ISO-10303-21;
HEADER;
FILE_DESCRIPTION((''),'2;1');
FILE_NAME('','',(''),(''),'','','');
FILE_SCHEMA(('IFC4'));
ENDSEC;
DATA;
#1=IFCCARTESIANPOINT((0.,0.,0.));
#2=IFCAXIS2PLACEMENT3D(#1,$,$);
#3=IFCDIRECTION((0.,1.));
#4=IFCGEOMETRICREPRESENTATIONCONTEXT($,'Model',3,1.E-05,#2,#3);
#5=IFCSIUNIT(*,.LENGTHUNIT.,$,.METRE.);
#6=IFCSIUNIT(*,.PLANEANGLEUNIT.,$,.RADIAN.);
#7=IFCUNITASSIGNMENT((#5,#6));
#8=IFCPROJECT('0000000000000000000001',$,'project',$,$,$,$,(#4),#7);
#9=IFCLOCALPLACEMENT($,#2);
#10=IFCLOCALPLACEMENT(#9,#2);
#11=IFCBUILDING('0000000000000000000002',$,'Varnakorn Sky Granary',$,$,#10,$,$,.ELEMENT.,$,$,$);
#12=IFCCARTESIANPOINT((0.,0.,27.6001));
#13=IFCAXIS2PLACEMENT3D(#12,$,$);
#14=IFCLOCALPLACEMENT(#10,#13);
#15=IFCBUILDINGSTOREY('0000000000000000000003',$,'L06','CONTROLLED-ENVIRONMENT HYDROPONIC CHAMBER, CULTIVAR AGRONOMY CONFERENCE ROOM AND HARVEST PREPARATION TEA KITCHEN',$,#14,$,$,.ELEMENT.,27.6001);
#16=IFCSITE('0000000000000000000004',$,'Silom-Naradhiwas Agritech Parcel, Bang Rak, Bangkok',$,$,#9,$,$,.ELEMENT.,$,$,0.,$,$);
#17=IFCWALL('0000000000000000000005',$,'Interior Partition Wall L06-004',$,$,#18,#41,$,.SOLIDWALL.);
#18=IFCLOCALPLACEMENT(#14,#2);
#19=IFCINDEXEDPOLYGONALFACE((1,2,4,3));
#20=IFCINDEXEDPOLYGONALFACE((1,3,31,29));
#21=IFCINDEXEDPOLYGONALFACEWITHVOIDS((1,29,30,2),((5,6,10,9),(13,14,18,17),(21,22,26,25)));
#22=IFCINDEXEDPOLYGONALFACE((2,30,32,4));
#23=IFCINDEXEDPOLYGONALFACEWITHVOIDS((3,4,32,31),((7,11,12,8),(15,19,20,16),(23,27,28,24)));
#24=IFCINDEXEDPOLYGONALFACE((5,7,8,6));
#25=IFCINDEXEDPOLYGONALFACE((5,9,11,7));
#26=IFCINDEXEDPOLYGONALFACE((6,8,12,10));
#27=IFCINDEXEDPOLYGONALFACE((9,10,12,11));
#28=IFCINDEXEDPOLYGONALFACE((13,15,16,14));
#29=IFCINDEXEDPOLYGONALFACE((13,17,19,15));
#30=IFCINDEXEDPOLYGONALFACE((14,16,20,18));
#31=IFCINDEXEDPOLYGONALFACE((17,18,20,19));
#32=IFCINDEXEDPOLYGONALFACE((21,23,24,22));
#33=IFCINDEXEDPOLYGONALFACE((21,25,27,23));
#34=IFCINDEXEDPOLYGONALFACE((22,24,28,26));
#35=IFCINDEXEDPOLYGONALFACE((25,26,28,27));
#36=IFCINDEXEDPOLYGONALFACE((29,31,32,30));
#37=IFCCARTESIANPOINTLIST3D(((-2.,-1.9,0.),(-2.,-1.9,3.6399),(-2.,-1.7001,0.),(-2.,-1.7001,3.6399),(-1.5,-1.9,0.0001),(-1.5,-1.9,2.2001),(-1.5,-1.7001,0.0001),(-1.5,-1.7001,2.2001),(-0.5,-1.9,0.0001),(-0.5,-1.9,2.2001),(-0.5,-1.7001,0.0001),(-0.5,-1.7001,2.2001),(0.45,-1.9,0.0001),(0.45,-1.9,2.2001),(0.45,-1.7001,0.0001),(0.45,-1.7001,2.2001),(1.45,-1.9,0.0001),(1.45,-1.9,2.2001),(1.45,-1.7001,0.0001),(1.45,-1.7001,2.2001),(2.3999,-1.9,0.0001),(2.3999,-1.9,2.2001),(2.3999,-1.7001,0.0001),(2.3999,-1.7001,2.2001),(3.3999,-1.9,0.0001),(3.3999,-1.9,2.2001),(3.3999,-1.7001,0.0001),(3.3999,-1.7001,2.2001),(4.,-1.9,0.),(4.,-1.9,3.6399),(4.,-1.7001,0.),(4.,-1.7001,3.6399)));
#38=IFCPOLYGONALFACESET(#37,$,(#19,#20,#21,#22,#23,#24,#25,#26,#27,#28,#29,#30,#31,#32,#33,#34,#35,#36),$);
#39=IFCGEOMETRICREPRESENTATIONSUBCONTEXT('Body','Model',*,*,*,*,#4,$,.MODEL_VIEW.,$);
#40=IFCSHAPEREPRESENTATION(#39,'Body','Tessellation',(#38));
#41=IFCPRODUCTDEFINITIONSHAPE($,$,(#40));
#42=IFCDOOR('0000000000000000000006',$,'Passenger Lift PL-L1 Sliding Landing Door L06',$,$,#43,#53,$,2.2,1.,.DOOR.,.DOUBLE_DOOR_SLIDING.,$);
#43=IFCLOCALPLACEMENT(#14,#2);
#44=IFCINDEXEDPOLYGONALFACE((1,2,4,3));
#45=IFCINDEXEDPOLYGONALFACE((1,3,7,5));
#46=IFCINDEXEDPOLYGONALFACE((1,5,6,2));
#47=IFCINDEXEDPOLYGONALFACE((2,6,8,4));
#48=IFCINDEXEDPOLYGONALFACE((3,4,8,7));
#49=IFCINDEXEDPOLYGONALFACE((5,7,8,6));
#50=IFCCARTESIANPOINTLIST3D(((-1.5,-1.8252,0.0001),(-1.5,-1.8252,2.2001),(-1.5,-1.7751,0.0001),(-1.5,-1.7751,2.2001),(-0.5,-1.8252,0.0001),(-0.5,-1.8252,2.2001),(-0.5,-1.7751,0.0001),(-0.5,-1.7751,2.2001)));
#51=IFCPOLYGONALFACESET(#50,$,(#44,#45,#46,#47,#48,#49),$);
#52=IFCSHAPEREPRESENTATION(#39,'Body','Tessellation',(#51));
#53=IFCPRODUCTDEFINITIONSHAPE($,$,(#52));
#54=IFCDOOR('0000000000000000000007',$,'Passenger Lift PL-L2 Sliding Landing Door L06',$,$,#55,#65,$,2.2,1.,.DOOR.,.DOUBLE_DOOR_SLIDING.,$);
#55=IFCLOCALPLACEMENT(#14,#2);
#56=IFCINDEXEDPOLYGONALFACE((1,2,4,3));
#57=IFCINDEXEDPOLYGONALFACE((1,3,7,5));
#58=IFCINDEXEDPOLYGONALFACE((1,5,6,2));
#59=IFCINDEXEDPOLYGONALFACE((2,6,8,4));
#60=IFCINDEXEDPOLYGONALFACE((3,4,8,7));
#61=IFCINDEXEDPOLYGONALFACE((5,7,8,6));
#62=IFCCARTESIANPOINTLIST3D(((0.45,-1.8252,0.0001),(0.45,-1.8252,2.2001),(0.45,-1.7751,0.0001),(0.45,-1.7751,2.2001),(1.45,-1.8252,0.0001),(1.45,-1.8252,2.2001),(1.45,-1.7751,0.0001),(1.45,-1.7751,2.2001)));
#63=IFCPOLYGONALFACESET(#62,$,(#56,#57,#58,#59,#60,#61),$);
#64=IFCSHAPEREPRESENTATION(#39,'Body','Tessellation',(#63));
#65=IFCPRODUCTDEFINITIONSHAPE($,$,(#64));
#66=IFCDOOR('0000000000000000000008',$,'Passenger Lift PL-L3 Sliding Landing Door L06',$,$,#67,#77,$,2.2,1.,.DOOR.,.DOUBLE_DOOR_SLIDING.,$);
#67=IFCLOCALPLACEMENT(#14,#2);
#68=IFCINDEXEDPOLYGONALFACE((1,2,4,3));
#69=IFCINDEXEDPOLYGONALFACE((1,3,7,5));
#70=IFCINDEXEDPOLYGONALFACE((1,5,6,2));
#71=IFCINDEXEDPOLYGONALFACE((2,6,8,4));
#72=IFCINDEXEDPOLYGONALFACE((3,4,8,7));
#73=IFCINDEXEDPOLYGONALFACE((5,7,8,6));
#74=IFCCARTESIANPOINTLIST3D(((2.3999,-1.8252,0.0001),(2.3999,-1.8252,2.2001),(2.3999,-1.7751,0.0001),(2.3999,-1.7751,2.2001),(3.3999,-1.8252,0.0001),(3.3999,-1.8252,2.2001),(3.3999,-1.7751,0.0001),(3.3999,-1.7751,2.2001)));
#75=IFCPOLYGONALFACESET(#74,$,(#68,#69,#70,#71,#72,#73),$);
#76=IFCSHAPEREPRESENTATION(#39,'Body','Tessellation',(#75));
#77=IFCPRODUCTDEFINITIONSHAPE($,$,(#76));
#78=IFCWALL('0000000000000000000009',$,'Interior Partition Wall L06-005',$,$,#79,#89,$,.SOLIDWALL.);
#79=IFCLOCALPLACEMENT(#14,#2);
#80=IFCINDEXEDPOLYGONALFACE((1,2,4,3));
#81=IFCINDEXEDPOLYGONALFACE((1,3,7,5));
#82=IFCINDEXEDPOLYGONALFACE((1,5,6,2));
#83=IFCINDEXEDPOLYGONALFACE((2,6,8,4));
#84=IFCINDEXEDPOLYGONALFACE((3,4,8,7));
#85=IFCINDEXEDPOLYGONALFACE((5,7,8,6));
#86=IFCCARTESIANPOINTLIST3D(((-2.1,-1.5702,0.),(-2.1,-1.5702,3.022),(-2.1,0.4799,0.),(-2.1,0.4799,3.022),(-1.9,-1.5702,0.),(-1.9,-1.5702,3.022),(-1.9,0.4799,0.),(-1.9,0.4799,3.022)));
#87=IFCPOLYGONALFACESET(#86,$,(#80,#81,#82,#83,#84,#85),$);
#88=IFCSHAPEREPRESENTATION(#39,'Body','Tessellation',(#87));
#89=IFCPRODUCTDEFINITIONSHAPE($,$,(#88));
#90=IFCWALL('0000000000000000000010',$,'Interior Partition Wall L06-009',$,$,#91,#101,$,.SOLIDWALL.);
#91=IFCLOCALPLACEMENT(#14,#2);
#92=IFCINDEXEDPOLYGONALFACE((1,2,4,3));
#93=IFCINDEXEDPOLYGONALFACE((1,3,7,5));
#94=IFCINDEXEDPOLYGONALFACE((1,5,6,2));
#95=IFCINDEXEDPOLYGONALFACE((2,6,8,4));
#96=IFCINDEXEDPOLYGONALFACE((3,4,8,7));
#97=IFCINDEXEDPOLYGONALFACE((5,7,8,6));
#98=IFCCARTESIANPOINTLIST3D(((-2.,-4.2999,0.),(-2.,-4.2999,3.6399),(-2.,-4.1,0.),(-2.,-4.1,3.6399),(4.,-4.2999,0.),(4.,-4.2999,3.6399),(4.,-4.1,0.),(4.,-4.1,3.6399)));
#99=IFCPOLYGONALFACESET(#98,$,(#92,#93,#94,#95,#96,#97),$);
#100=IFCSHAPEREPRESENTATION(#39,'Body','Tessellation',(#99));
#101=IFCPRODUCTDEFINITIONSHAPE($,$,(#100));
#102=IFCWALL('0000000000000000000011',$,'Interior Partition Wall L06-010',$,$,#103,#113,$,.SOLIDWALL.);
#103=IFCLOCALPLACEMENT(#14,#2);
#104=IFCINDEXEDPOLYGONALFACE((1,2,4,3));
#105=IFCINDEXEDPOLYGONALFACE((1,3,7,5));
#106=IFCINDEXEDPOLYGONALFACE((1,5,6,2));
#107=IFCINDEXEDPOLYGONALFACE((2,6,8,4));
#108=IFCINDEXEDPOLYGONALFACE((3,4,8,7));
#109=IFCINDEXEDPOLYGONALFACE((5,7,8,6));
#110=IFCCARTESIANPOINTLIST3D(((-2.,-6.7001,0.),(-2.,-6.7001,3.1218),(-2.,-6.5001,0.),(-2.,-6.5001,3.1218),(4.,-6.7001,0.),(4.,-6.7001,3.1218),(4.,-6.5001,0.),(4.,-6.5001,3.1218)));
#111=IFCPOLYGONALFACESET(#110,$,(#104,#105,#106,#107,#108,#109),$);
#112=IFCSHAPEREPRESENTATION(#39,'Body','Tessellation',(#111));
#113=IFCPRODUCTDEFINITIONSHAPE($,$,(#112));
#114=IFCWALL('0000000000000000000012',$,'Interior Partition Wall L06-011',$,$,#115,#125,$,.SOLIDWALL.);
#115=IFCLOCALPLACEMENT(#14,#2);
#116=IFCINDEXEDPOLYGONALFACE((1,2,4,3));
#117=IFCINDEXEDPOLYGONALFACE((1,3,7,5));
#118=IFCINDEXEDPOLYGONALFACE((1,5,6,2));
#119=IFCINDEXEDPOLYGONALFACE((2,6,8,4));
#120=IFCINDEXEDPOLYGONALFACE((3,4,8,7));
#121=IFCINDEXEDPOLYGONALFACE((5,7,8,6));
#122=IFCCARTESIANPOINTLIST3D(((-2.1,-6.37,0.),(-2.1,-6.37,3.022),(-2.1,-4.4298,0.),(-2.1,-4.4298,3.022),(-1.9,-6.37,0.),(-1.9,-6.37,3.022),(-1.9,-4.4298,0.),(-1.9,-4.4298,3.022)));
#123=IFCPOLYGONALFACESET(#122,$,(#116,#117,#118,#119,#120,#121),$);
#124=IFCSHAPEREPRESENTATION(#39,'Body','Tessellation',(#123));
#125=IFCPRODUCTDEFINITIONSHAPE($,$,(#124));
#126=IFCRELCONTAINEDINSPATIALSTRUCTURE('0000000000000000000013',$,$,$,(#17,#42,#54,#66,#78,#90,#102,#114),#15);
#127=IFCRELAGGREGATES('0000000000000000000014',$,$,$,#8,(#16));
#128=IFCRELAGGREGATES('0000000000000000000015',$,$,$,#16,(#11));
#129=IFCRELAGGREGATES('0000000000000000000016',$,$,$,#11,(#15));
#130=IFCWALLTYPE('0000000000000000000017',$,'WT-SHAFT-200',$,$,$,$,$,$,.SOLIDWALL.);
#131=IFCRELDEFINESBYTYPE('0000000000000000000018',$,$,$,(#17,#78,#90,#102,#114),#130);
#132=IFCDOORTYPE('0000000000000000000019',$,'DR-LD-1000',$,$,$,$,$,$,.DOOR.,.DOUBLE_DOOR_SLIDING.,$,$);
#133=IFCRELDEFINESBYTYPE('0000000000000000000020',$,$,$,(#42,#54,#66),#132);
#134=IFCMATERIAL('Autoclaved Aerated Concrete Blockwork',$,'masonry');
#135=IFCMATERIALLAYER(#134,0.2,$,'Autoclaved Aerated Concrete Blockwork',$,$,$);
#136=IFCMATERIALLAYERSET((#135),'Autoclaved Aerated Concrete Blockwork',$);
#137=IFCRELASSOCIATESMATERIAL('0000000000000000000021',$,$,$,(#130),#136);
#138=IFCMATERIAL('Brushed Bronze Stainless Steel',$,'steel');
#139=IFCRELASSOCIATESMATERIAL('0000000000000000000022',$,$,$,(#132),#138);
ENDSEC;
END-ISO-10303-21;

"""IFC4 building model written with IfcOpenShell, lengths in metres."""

from ifc_helpers import new_model, si_unit, direction, frame, frame_2d, origin, place, context, subcontext, project, spatial, rectangle, extrude, material, layer, layer_set, type_object, element, fill, save


model = new_model("IFC4")

# Units and contexts
model_context = context("Model", 3, precision=1e-05, world=origin(), true_north=direction((0.0, 1.0)))
body_context = subcontext(model_context, "Body", "Model", "MODEL_VIEW")
ifc_project = project(units=[si_unit("LENGTHUNIT", "METRE"), si_unit("PLANEANGLEUNIT", "RADIAN")], contexts=[model_context])

# Site, building, storey
site_placement = place(None, origin())
site = spatial("IfcSite", under=ifc_project, at=site_placement, Name="Silom-Naradhiwas Agritech Parcel, Bang Rak, Bangkok", CompositionType="ELEMENT", RefElevation=0.0)
building_placement = place(site_placement, origin())
building = spatial("IfcBuilding", under=site, at=building_placement, Name="Varnakorn Sky Granary", CompositionType="ELEMENT")
storey_placement = place(building_placement, frame((0.0, 0.0, 27.6001)))
storey = spatial("IfcBuildingStorey", under=building, at=storey_placement, Name="L06", Description="CONTROLLED-ENVIRONMENT HYDROPONIC CHAMBER, CULTIVAR AGRONOMY CONFERENCE ROOM AND HARVEST PREPARATION TEA KITCHEN", CompositionType="ELEMENT", Elevation=27.6001)

# Shared definitions
ifc_material_1 = material(Name="Autoclaved Aerated Concrete Blockwork", Category="masonry")

# Wall, openings, doors
ifc_layer_1 = layer(ifc_material_1, 0.2, Name="Autoclaved Aerated Concrete Blockwork")
ifc_layer_set_1 = layer_set([ifc_layer_1], Name="Autoclaved Aerated Concrete Blockwork")
wall_type_1 = type_object("IfcWallType", Name="WT-SHAFT-200", PredefinedType="SOLIDWALL", material=ifc_layer_set_1)
wall_1_placement = place(storey_placement, frame((-2.0, -1.8, 0.0), z_axis=(0.0, 0.0, 1.0), x_axis=(1.0, 0.0, 0.0)))
wall_1 = element("IfcWall", 1, at=wall_1_placement, inside=storey, type_object=wall_type_1, Name="Interior Partition Wall L06-004", PredefinedType="SOLIDWALL", context=body_context, shape_type="SweptSolid", body=[
    extrude(rectangle(XDim=6.0, YDim=0.2, at=frame_2d((3.0, 0.0))), origin(), (0.0, 0.0, 1.0), 3.6399),
])
opening_1_placement = place(wall_1_placement, frame((0.5, 0.0, 0.0)))
opening_1 = element("IfcOpeningElement", 2, at=opening_1_placement, cuts=wall_1, PredefinedType="OPENING", context=body_context, shape_type="SweptSolid", body=[
    extrude(rectangle(XDim=1.0, YDim=2.2, at=frame_2d((0.5, 1.1001))), frame((0.0, 0.1099, 0.0), z_axis=(0.0, -1.0, 0.0), x_axis=(1.0, 0.0, 0.0)), (0.0, 0.0, 1.0), 0.22),
])
opening_2_placement = place(wall_1_placement, frame((2.45, 0.0, 0.0)))
opening_2 = element("IfcOpeningElement", 3, at=opening_2_placement, cuts=wall_1, PredefinedType="OPENING", context=body_context, shape_type="SweptSolid", body=[
    extrude(rectangle(XDim=1.0, YDim=2.2, at=frame_2d((0.5, 1.1001))), frame((0.0, 0.1099, 0.0), z_axis=(0.0, -1.0, 0.0), x_axis=(1.0, 0.0, 0.0)), (0.0, 0.0, 1.0), 0.22),
])
opening_3_placement = place(wall_1_placement, frame((4.3999, 0.0, 0.0)))
opening_3 = element("IfcOpeningElement", 4, at=opening_3_placement, cuts=wall_1, PredefinedType="OPENING", context=body_context, shape_type="SweptSolid", body=[
    extrude(rectangle(XDim=1.0, YDim=2.2, at=frame_2d((0.5, 1.1001))), frame((0.0, 0.1099, 0.0), z_axis=(0.0, -1.0, 0.0), x_axis=(1.0, 0.0, 0.0)), (0.0, 0.0, 1.0), 0.22),
])
ifc_material_2 = material(Name="Brushed Bronze Stainless Steel", Category="steel")
door_type_1 = type_object("IfcDoorType", Name="DR-LD-1000", OperationType="DOUBLE_DOOR_SLIDING", PredefinedType="DOOR", material=ifc_material_2)
door_1_placement = place(opening_1_placement, origin())
door_1 = element("IfcDoor", 5, at=door_1_placement, inside=storey, type_object=door_type_1, Name="Passenger Lift PL-L1 Sliding Landing Door L06", OperationType="DOUBLE_DOOR_SLIDING", OverallHeight=2.2, OverallWidth=1.0, PredefinedType="DOOR", context=body_context, shape_type="SweptSolid", body=[
    extrude(rectangle(XDim=1.0, YDim=2.2, at=frame_2d((0.5, 1.1001))), frame((0.0, 0.0249, 0.0), z_axis=(0.0, -1.0, 0.0), x_axis=(1.0, 0.0, 0.0)), (0.0, 0.0, 1.0), 0.05),
])
fill(opening_1, door_1)
door_2_placement = place(opening_2_placement, origin())
door_2 = element("IfcDoor", 6, at=door_2_placement, inside=storey, type_object=door_type_1, Name="Passenger Lift PL-L2 Sliding Landing Door L06", OperationType="DOUBLE_DOOR_SLIDING", OverallHeight=2.2, OverallWidth=1.0, PredefinedType="DOOR", context=body_context, shape_type="SweptSolid", body=[
    extrude(rectangle(XDim=1.0, YDim=2.2, at=frame_2d((0.5, 1.1001))), frame((0.0, 0.0249, 0.0), z_axis=(0.0, -1.0, 0.0), x_axis=(1.0, 0.0, 0.0)), (0.0, 0.0, 1.0), 0.05),
])
fill(opening_2, door_2)
door_3_placement = place(opening_3_placement, origin())
door_3 = element("IfcDoor", 7, at=door_3_placement, inside=storey, type_object=door_type_1, Name="Passenger Lift PL-L3 Sliding Landing Door L06", OperationType="DOUBLE_DOOR_SLIDING", OverallHeight=2.2, OverallWidth=1.0, PredefinedType="DOOR", context=body_context, shape_type="SweptSolid", body=[
    extrude(rectangle(XDim=1.0, YDim=2.2, at=frame_2d((0.5, 1.1001))), frame((0.0, 0.0249, 0.0), z_axis=(0.0, -1.0, 0.0), x_axis=(1.0, 0.0, 0.0)), (0.0, 0.0, 1.0), 0.05),
])
fill(opening_3, door_3)

# Walls
wall_2_placement = place(storey_placement, frame((-2.0, -1.5701, 0.0), z_axis=(0.0, 0.0, 1.0), x_axis=(0.0, 1.0, 0.0)))
element("IfcWall", 8, at=wall_2_placement, inside=storey, type_object=wall_type_1, Name="Interior Partition Wall L06-005", PredefinedType="SOLIDWALL", context=body_context, shape_type="SweptSolid", body=[
    extrude(rectangle(XDim=2.05, YDim=0.2, at=frame_2d((1.0249, 0.0))), origin(), (0.0, 0.0, 1.0), 3.022),
])
wall_3_placement = place(storey_placement, frame((-2.0, -4.2, 0.0), z_axis=(0.0, 0.0, 1.0), x_axis=(1.0, 0.0, 0.0)))
element("IfcWall", 9, at=wall_3_placement, inside=storey, type_object=wall_type_1, Name="Interior Partition Wall L06-009", PredefinedType="SOLIDWALL", context=body_context, shape_type="SweptSolid", body=[
    extrude(rectangle(XDim=6.0, YDim=0.2, at=frame_2d((3.0, 0.0))), origin(), (0.0, 0.0, 1.0), 3.6399),
])
wall_4_placement = place(storey_placement, frame((-2.0, -6.6001, 0.0), z_axis=(0.0, 0.0, 1.0), x_axis=(1.0, 0.0, 0.0)))
element("IfcWall", 10, at=wall_4_placement, inside=storey, type_object=wall_type_1, Name="Interior Partition Wall L06-010", PredefinedType="SOLIDWALL", context=body_context, shape_type="SweptSolid", body=[
    extrude(rectangle(XDim=6.0, YDim=0.2, at=frame_2d((3.0, 0.0))), origin(), (0.0, 0.0, 1.0), 3.1218),
])
wall_5_placement = place(storey_placement, frame((-2.0, -6.3701, 0.0), z_axis=(0.0, 0.0, 1.0), x_axis=(0.0, 1.0, 0.0)))
element("IfcWall", 11, at=wall_5_placement, inside=storey, type_object=wall_type_1, Name="Interior Partition Wall L06-011", PredefinedType="SOLIDWALL", context=body_context, shape_type="SweptSolid", body=[
    extrude(rectangle(XDim=1.9402, YDim=0.2, at=frame_2d((0.9702, 0.0))), origin(), (0.0, 0.0, 1.0), 3.022),
])

save(model, "model.ifc")
